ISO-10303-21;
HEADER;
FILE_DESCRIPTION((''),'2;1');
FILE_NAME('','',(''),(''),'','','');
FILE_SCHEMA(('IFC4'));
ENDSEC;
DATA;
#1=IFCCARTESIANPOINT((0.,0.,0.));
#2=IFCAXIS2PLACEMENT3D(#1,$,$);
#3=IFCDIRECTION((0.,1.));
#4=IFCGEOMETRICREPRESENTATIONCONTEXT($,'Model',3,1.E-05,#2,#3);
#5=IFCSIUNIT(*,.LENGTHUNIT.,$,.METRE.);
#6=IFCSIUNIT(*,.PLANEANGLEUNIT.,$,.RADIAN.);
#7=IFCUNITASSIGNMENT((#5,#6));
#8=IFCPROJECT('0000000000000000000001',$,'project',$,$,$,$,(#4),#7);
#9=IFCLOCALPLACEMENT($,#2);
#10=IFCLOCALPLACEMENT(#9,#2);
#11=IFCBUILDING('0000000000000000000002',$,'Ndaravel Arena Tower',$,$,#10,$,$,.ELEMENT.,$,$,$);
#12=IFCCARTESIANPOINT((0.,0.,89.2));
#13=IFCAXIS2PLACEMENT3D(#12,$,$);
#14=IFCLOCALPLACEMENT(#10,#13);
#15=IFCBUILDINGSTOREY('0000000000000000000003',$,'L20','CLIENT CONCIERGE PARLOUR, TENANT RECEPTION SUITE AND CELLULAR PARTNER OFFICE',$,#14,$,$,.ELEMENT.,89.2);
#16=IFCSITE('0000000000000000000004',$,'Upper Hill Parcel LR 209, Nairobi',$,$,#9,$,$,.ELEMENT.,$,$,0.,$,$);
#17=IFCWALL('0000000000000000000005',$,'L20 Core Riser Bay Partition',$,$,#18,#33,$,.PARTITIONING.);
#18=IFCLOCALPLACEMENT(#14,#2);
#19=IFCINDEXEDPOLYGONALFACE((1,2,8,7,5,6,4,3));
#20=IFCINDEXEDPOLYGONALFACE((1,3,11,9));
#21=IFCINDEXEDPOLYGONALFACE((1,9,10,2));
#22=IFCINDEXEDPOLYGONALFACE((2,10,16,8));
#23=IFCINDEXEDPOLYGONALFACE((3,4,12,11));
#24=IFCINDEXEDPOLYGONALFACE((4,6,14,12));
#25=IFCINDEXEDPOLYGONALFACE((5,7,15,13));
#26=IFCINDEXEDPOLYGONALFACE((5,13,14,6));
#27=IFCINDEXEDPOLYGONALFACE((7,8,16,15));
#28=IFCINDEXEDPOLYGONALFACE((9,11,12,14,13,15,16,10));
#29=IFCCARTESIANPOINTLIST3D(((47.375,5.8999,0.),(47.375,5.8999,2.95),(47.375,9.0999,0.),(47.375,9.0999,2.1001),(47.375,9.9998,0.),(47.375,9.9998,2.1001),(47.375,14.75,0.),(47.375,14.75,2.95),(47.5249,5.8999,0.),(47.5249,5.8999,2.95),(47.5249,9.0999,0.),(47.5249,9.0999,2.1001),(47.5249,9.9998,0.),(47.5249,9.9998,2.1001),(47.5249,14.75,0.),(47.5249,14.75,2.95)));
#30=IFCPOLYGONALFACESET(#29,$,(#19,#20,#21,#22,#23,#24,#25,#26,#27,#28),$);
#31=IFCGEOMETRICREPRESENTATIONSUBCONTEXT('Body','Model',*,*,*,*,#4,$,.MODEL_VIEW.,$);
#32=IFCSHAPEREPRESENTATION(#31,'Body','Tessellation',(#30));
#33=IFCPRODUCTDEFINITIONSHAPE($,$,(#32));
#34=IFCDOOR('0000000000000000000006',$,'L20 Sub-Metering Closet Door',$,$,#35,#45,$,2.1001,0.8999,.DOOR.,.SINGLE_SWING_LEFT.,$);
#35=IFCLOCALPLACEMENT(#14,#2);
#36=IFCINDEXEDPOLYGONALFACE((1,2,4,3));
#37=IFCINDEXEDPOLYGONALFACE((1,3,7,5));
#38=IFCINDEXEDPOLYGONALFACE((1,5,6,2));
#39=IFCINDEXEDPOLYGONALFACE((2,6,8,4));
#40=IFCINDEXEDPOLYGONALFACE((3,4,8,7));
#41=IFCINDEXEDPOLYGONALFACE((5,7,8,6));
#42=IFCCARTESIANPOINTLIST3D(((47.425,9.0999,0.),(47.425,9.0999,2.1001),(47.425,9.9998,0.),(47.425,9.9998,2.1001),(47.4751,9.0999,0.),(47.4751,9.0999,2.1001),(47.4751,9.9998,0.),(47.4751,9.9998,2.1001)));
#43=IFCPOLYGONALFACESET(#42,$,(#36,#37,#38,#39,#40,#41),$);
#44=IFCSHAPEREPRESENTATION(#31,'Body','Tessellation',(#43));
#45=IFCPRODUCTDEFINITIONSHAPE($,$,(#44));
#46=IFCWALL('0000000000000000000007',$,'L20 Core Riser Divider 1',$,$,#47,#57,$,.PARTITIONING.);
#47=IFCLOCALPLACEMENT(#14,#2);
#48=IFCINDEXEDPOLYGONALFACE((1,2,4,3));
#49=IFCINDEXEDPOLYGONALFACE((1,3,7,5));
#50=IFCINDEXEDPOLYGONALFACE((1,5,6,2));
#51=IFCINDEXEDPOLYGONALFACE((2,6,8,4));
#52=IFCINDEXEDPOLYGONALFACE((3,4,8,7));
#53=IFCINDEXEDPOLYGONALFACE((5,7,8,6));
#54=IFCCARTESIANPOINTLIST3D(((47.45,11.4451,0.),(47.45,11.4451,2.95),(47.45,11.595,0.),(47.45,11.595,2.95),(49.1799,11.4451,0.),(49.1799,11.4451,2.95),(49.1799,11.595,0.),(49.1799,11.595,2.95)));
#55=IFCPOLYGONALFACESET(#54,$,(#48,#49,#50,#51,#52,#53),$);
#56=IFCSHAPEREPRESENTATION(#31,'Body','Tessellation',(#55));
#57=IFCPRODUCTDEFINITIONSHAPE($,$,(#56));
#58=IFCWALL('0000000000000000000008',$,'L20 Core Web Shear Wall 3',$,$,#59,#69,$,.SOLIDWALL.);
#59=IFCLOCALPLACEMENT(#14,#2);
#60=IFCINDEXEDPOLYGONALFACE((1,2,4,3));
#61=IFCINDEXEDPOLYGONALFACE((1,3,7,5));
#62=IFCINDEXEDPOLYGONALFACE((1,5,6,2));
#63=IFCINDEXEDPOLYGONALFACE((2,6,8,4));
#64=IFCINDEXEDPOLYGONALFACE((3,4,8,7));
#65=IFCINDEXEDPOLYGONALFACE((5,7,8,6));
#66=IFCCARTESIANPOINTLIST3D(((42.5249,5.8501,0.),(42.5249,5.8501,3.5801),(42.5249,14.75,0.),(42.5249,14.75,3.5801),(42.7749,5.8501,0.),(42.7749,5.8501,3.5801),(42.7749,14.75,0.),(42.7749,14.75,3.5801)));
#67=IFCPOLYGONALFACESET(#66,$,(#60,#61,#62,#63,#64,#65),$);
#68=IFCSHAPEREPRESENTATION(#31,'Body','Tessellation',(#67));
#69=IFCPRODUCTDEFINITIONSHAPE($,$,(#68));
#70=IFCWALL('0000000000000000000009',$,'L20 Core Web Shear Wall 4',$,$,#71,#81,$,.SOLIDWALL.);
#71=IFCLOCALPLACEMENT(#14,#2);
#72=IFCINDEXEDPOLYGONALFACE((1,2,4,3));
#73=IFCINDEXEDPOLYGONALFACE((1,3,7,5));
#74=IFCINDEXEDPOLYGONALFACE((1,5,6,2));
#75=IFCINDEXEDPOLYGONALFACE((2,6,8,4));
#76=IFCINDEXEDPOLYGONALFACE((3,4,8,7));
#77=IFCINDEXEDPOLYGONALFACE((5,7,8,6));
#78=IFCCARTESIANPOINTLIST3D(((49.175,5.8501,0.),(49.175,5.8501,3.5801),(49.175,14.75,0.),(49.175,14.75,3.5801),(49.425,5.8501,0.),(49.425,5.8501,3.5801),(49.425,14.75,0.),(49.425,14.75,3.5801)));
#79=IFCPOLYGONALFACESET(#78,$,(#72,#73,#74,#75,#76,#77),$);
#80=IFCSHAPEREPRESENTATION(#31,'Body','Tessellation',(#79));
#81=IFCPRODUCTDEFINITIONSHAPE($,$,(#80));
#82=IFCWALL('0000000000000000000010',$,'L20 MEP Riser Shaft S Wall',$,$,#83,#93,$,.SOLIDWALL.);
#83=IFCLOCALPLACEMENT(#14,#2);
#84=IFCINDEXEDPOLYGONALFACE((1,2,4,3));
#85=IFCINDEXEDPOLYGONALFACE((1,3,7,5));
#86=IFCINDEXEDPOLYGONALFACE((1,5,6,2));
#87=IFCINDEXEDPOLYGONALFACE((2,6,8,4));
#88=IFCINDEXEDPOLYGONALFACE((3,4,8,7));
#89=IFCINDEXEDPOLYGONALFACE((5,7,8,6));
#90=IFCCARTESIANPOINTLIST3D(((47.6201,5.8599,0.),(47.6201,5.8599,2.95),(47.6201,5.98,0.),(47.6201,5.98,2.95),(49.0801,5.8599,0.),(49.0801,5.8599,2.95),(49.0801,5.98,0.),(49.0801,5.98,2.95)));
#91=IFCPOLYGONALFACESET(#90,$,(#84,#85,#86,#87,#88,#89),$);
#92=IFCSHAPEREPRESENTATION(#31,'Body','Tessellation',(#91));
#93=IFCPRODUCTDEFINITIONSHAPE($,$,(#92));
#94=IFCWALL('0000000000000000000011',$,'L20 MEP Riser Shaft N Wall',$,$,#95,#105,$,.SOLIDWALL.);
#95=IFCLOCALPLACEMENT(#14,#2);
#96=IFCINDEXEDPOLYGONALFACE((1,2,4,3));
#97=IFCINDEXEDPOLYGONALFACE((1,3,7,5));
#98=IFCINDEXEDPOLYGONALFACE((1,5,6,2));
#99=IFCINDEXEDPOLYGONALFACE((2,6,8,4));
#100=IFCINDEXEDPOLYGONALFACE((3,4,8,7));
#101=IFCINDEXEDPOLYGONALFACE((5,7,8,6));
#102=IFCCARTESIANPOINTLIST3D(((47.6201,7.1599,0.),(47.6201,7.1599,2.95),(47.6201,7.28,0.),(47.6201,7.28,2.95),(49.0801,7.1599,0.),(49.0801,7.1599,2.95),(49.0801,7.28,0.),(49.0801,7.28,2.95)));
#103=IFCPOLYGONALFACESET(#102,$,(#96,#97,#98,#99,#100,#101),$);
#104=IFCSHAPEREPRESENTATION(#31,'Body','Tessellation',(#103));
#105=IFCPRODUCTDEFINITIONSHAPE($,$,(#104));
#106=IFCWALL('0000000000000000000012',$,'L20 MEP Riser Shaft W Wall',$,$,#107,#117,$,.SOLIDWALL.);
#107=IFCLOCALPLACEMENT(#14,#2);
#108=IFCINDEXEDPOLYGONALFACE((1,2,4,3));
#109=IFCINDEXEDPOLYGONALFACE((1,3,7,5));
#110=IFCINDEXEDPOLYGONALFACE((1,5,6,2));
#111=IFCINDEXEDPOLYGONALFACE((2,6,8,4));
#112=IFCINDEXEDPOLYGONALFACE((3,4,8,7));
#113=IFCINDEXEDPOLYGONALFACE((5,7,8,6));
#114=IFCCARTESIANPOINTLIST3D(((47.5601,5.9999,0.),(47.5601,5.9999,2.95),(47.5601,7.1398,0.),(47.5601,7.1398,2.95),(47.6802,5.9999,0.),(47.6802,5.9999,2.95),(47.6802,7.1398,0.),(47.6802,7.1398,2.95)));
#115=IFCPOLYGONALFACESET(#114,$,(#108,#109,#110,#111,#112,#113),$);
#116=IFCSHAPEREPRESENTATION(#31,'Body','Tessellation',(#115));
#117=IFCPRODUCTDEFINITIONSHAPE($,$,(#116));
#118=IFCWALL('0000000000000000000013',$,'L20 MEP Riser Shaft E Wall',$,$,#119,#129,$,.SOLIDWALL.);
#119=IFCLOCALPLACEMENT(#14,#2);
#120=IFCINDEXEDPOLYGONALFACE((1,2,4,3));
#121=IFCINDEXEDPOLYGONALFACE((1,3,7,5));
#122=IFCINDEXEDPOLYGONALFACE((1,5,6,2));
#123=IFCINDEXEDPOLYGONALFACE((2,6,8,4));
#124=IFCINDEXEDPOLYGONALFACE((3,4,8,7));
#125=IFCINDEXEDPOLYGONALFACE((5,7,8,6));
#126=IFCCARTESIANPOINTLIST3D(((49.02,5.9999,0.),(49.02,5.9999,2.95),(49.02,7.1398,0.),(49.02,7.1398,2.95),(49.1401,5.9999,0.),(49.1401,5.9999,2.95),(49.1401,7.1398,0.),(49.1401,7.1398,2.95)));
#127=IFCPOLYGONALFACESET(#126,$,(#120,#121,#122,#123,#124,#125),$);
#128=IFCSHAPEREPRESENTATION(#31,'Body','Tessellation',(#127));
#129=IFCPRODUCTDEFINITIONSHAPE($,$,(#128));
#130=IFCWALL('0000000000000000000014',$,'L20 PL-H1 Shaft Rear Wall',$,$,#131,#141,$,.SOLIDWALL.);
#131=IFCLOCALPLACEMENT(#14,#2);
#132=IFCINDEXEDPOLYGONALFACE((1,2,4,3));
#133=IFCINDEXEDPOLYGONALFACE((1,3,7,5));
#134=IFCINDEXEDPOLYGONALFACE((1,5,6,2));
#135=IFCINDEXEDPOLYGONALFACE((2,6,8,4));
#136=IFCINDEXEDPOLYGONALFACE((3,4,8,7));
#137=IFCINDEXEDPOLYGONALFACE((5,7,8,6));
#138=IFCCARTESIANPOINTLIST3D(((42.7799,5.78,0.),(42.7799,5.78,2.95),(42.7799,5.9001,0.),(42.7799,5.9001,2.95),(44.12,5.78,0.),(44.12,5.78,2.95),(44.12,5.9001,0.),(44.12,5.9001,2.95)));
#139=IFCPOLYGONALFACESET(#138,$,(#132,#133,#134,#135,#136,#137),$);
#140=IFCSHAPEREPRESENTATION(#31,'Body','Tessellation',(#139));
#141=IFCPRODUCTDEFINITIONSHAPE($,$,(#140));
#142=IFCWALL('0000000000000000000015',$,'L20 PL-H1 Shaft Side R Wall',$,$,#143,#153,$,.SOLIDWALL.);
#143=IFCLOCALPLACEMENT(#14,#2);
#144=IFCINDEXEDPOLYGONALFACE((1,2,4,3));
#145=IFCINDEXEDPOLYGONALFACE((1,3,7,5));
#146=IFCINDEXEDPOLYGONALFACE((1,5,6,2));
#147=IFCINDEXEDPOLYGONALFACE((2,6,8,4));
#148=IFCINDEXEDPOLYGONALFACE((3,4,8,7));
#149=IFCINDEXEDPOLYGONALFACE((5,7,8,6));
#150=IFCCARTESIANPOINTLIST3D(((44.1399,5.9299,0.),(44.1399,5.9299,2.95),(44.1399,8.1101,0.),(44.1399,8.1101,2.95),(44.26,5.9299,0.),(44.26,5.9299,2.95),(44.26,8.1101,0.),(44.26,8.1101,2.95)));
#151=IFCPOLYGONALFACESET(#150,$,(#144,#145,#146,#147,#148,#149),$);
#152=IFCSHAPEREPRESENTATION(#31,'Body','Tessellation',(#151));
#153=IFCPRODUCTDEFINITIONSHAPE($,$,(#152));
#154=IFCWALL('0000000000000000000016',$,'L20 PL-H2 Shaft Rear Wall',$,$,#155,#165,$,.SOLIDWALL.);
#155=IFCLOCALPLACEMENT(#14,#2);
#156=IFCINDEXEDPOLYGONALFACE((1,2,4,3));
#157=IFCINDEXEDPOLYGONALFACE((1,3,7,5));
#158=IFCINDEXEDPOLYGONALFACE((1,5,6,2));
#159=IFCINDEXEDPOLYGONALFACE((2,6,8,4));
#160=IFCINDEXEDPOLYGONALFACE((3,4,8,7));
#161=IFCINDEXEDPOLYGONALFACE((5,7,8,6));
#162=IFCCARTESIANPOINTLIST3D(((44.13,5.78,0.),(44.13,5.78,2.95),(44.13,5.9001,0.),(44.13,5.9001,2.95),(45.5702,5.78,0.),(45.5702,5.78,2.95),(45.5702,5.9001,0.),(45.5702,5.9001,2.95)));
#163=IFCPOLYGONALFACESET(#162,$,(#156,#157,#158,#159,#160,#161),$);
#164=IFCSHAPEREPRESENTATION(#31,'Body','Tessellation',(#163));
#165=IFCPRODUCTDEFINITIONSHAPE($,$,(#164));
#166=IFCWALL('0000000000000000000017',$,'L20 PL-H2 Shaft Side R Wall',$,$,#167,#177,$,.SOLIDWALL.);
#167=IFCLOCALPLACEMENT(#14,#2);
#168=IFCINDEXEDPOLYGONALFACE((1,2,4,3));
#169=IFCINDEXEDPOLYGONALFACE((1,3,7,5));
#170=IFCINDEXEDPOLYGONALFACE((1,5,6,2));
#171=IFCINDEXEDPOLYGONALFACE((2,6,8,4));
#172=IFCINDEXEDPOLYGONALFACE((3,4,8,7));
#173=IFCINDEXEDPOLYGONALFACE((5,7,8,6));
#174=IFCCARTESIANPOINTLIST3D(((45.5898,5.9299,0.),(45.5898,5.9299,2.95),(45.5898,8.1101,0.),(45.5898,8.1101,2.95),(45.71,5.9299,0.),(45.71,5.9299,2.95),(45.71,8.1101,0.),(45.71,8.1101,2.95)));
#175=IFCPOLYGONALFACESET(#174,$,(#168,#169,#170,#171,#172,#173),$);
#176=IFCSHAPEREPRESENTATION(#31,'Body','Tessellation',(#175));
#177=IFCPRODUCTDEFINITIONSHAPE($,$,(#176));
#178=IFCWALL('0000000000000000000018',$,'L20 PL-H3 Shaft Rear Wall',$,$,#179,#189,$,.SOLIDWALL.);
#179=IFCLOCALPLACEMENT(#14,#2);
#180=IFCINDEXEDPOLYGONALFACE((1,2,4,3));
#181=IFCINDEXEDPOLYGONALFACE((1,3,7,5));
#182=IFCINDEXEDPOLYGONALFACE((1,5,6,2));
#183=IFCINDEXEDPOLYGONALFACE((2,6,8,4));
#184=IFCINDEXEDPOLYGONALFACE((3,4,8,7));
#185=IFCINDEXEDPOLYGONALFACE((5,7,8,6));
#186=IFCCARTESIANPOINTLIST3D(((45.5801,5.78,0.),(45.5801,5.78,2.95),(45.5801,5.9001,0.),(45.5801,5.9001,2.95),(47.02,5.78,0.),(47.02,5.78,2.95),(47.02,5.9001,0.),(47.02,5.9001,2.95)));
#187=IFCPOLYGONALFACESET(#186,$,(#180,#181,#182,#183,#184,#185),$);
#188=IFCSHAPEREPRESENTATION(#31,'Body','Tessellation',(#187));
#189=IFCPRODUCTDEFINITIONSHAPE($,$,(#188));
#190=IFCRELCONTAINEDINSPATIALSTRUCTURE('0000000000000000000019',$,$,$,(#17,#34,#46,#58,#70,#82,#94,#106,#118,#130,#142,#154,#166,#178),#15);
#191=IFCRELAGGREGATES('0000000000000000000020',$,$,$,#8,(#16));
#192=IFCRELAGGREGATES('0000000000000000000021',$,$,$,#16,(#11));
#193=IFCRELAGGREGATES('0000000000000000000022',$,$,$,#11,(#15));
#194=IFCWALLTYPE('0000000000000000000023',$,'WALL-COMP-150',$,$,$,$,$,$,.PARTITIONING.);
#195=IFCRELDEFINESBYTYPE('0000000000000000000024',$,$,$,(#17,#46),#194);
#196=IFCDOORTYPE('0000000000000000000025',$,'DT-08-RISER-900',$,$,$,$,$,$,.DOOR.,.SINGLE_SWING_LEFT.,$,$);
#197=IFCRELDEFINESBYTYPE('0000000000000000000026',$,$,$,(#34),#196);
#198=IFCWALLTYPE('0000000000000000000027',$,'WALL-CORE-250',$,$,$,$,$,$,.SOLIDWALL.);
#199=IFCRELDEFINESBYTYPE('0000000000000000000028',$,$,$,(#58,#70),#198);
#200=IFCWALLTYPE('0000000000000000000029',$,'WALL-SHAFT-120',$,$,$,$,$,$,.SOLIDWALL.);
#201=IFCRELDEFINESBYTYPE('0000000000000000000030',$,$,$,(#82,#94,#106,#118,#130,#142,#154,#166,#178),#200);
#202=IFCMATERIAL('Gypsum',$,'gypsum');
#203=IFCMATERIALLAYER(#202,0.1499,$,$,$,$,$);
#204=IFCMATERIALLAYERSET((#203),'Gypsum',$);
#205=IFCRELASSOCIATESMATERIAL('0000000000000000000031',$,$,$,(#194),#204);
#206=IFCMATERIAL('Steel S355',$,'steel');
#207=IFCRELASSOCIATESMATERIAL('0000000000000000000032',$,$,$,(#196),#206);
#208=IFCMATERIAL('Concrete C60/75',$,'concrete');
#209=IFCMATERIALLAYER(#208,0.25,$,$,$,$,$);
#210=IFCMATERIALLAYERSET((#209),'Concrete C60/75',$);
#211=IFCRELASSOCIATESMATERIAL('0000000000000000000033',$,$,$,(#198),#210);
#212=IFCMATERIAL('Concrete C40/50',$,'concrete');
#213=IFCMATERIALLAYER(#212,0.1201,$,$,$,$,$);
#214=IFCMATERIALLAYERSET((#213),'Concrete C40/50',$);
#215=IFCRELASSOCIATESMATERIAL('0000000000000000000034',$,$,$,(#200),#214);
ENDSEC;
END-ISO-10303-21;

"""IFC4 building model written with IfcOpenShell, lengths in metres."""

from ifc_helpers import new_model, si_unit, direction, frame, frame_2d, origin, place, context, subcontext, project, spatial, rectangle, extrude, material, layer, layer_set, type_object, element, fill, save


model = new_model("IFC4")

# Units and contexts
model_context = context("Model", 3, precision=1e-05, world=origin(), true_north=direction((0.0, 1.0)))
body_context = subcontext(model_context, "Body", "Model", "MODEL_VIEW")
ifc_project = project(units=[si_unit("LENGTHUNIT", "METRE"), si_unit("PLANEANGLEUNIT", "RADIAN")], contexts=[model_context])

# Site, building, storey
site_placement = place(None, origin())
site = spatial("IfcSite", under=ifc_project, at=site_placement, Name="Upper Hill Parcel LR 209, Nairobi", CompositionType="ELEMENT", RefElevation=0.0)
building_placement = place(site_placement, origin())
building = spatial("IfcBuilding", under=site, at=building_placement, Name="Ndaravel Arena Tower", CompositionType="ELEMENT")
storey_placement = place(building_placement, frame((0.0, 0.0, 89.2)))
storey = spatial("IfcBuildingStorey", under=building, at=storey_placement, Name="L20", Description="CLIENT CONCIERGE PARLOUR, TENANT RECEPTION SUITE AND CELLULAR PARTNER OFFICE", CompositionType="ELEMENT", Elevation=89.2)

# Wall, opening, door
ifc_material_1 = material(Name="Gypsum", Category="gypsum")
ifc_layer_1 = layer(ifc_material_1, 0.1499)
ifc_layer_set_1 = layer_set([ifc_layer_1], Name="Gypsum")
wall_type_1 = type_object("IfcWallType", Name="WALL-COMP-150", PredefinedType="PARTITIONING", material=ifc_layer_set_1)
wall_1_placement = place(storey_placement, frame((47.45, 5.8999, 0.0), z_axis=(0.0, 0.0, 1.0), x_axis=(0.0, 1.0, 0.0)))
wall_1 = element("IfcWall", 1, at=wall_1_placement, inside=storey, type_object=wall_type_1, Name="L20 Core Riser Bay Partition", PredefinedType="PARTITIONING", context=body_context, shape_type="SweptSolid", body=[
    extrude(rectangle(XDim=8.8501, YDim=0.1499, at=frame_2d((4.425, 0.0))), origin(), (0.0, 0.0, 1.0), 2.95),
])
opening_1_placement = place(wall_1_placement, frame((3.2, 0.0, 0.0)))
opening_1 = element("IfcOpeningElement", 2, at=opening_1_placement, cuts=wall_1, PredefinedType="OPENING", context=body_context, shape_type="SweptSolid", body=[
    extrude(rectangle(XDim=0.8999, YDim=2.1001, at=frame_2d((0.45, 1.05))), frame((0.0, 0.075, 0.0), z_axis=(0.0, -1.0, 0.0), x_axis=(1.0, 0.0, 0.0)), (0.0, 0.0, 1.0), 0.1499),
])
ifc_material_2 = material(Name="Steel S355", Category="steel")
door_type_1 = type_object("IfcDoorType", Name="DT-08-RISER-900", OperationType="SINGLE_SWING_LEFT", PredefinedType="DOOR", material=ifc_material_2)
door_1_placement = place(opening_1_placement, origin())
door_1 = element("IfcDoor", 3, at=door_1_placement, inside=storey, type_object=door_type_1, Name="L20 Sub-Metering Closet Door", OperationType="SINGLE_SWING_LEFT", OverallHeight=2.1001, OverallWidth=0.8999, PredefinedType="DOOR", context=body_context, shape_type="SweptSolid", body=[
    extrude(rectangle(XDim=0.8999, YDim=2.1001, at=frame_2d((0.45, 1.05))), frame((0.0, 0.0249, 0.0), z_axis=(0.0, -1.0, 0.0), x_axis=(1.0, 0.0, 0.0)), (0.0, 0.0, 1.0), 0.05),
])
fill(opening_1, door_1)

# Walls
wall_2_placement = place(storey_placement, frame((47.45, 11.52, 0.0), z_axis=(0.0, 0.0, 1.0), x_axis=(1.0, 0.0, 0.0)))
element("IfcWall", 4, at=wall_2_placement, inside=storey, type_object=wall_type_1, Name="L20 Core Riser Divider 1", PredefinedType="PARTITIONING", context=body_context, shape_type="SweptSolid", body=[
    extrude(rectangle(XDim=1.73, YDim=0.1499, at=frame_2d((0.865, 0.0))), origin(), (0.0, 0.0, 1.0), 2.95),
])
ifc_material_3 = material(Name="Concrete C60/75", Category="concrete")
ifc_layer_2 = layer(ifc_material_3, 0.25)
ifc_layer_set_2 = layer_set([ifc_layer_2], Name="Concrete C60/75")
wall_type_2 = type_object("IfcWallType", Name="WALL-CORE-250", PredefinedType="SOLIDWALL", material=ifc_layer_set_2)
for number, where, z_axis, x_axis, name in (
    (5, (42.6499, 5.8501, 0.0), (0.0, 0.0, 1.0), (0.0, 1.0, 0.0), "L20 Core Web Shear Wall 3"),
    (6, (49.3, 5.8501, 0.0), (0.0, 0.0, 1.0), (0.0, 1.0, 0.0), "L20 Core Web Shear Wall 4"),
):
    element("IfcWall", number, at=place(storey_placement, frame(where, z_axis=z_axis, x_axis=x_axis)), inside=storey, type_object=wall_type_2, Name=name, PredefinedType="SOLIDWALL", context=body_context, shape_type="SweptSolid", body=[
        extrude(rectangle(XDim=8.8999, YDim=0.25, at=frame_2d((4.45, 0.0))), origin(), (0.0, 0.0, 1.0), 3.5801),
    ])
ifc_material_4 = material(Name="Concrete C40/50", Category="concrete")
ifc_layer_3 = layer(ifc_material_4, 0.1201)
ifc_layer_set_3 = layer_set([ifc_layer_3], Name="Concrete C40/50")
wall_type_3 = type_object("IfcWallType", Name="WALL-SHAFT-120", PredefinedType="SOLIDWALL", material=ifc_layer_set_3)
for number, where, z_axis, x_axis, name in (
    (7, (47.6201, 5.9199, 0.0), (0.0, 0.0, 1.0), (1.0, 0.0, 0.0), "L20 MEP Riser Shaft S Wall"),
    (8, (47.6201, 7.22, 0.0), (0.0, 0.0, 1.0), (1.0, 0.0, 0.0), "L20 MEP Riser Shaft N Wall"),
):
    element("IfcWall", number, at=place(storey_placement, frame(where, z_axis=z_axis, x_axis=x_axis)), inside=storey, type_object=wall_type_3, Name=name, PredefinedType="SOLIDWALL", context=body_context, shape_type="SweptSolid", body=[
        extrude(rectangle(XDim=1.46, YDim=0.1201, at=frame_2d((0.73, 0.0))), origin(), (0.0, 0.0, 1.0), 2.95),
    ])
for number, where, z_axis, x_axis, name in (
    (9, (47.6201, 6.0, 0.0), (0.0, 0.0, 1.0), (0.0, 1.0, 0.0), "L20 MEP Riser Shaft W Wall"),
    (10, (49.0801, 6.0, 0.0), (0.0, 0.0, 1.0), (0.0, 1.0, 0.0), "L20 MEP Riser Shaft E Wall"),
):
    element("IfcWall", number, at=place(storey_placement, frame(where, z_axis=z_axis, x_axis=x_axis)), inside=storey, type_object=wall_type_3, Name=name, PredefinedType="SOLIDWALL", context=body_context, shape_type="SweptSolid", body=[
        extrude(rectangle(XDim=1.1399, YDim=0.1201, at=frame_2d((0.5698, 0.0))), origin(), (0.0, 0.0, 1.0), 2.95),
    ])
wall_3_placement = place(storey_placement, frame((42.78, 5.8401, 0.0), z_axis=(0.0, 0.0, 1.0), x_axis=(1.0, 0.0, 0.0)))
element("IfcWall", 11, at=wall_3_placement, inside=storey, type_object=wall_type_3, Name="L20 PL-H1 Shaft Rear Wall", PredefinedType="SOLIDWALL", context=body_context, shape_type="SweptSolid", body=[
    extrude(rectangle(XDim=1.3401, YDim=0.1201, at=frame_2d((0.6699, 0.0))), origin(), (0.0, 0.0, 1.0), 2.95),
])
wall_4_placement = place(storey_placement, frame((44.2, 5.9299, 0.0), z_axis=(0.0, 0.0, 1.0), x_axis=(0.0, 1.0, 0.0)))
element("IfcWall", 12, at=wall_4_placement, inside=storey, type_object=wall_type_3, Name="L20 PL-H1 Shaft Side R Wall", PredefinedType="SOLIDWALL", context=body_context, shape_type="SweptSolid", body=[
    extrude(rectangle(XDim=2.1802, YDim=0.1201, at=frame_2d((1.0901, 0.0))), origin(), (0.0, 0.0, 1.0), 2.95),
])
wall_5_placement = place(storey_placement, frame((44.1299, 5.8401, 0.0), z_axis=(0.0, 0.0, 1.0), x_axis=(1.0, 0.0, 0.0)))
element("IfcWall", 13, at=wall_5_placement, inside=storey, type_object=wall_type_3, Name="L20 PL-H2 Shaft Rear Wall", PredefinedType="SOLIDWALL", context=body_context, shape_type="SweptSolid", body=[
    extrude(rectangle(XDim=1.4402, YDim=0.1201, at=frame_2d((0.7202, 0.0))), origin(), (0.0, 0.0, 1.0), 2.95),
])
wall_6_placement = place(storey_placement, frame((45.6499, 5.9299, 0.0), z_axis=(0.0, 0.0, 1.0), x_axis=(0.0, 1.0, 0.0)))
element("IfcWall", 14, at=wall_6_placement, inside=storey, type_object=wall_type_3, Name="L20 PL-H2 Shaft Side R Wall", PredefinedType="SOLIDWALL", context=body_context, shape_type="SweptSolid", body=[
    extrude(rectangle(XDim=2.1802, YDim=0.1201, at=frame_2d((1.0901, 0.0))), origin(), (0.0, 0.0, 1.0), 2.95),
])
wall_7_placement = place(storey_placement, frame((45.5801, 5.8401, 0.0), z_axis=(0.0, 0.0, 1.0), x_axis=(1.0, 0.0, 0.0)))
element("IfcWall", 15, at=wall_7_placement, inside=storey, type_object=wall_type_3, Name="L20 PL-H3 Shaft Rear Wall", PredefinedType="SOLIDWALL", context=body_context, shape_type="SweptSolid", body=[
    extrude(rectangle(XDim=1.4399, YDim=0.1201, at=frame_2d((0.72, 0.0))), origin(), (0.0, 0.0, 1.0), 2.95),
])

save(model, "model.ifc")
